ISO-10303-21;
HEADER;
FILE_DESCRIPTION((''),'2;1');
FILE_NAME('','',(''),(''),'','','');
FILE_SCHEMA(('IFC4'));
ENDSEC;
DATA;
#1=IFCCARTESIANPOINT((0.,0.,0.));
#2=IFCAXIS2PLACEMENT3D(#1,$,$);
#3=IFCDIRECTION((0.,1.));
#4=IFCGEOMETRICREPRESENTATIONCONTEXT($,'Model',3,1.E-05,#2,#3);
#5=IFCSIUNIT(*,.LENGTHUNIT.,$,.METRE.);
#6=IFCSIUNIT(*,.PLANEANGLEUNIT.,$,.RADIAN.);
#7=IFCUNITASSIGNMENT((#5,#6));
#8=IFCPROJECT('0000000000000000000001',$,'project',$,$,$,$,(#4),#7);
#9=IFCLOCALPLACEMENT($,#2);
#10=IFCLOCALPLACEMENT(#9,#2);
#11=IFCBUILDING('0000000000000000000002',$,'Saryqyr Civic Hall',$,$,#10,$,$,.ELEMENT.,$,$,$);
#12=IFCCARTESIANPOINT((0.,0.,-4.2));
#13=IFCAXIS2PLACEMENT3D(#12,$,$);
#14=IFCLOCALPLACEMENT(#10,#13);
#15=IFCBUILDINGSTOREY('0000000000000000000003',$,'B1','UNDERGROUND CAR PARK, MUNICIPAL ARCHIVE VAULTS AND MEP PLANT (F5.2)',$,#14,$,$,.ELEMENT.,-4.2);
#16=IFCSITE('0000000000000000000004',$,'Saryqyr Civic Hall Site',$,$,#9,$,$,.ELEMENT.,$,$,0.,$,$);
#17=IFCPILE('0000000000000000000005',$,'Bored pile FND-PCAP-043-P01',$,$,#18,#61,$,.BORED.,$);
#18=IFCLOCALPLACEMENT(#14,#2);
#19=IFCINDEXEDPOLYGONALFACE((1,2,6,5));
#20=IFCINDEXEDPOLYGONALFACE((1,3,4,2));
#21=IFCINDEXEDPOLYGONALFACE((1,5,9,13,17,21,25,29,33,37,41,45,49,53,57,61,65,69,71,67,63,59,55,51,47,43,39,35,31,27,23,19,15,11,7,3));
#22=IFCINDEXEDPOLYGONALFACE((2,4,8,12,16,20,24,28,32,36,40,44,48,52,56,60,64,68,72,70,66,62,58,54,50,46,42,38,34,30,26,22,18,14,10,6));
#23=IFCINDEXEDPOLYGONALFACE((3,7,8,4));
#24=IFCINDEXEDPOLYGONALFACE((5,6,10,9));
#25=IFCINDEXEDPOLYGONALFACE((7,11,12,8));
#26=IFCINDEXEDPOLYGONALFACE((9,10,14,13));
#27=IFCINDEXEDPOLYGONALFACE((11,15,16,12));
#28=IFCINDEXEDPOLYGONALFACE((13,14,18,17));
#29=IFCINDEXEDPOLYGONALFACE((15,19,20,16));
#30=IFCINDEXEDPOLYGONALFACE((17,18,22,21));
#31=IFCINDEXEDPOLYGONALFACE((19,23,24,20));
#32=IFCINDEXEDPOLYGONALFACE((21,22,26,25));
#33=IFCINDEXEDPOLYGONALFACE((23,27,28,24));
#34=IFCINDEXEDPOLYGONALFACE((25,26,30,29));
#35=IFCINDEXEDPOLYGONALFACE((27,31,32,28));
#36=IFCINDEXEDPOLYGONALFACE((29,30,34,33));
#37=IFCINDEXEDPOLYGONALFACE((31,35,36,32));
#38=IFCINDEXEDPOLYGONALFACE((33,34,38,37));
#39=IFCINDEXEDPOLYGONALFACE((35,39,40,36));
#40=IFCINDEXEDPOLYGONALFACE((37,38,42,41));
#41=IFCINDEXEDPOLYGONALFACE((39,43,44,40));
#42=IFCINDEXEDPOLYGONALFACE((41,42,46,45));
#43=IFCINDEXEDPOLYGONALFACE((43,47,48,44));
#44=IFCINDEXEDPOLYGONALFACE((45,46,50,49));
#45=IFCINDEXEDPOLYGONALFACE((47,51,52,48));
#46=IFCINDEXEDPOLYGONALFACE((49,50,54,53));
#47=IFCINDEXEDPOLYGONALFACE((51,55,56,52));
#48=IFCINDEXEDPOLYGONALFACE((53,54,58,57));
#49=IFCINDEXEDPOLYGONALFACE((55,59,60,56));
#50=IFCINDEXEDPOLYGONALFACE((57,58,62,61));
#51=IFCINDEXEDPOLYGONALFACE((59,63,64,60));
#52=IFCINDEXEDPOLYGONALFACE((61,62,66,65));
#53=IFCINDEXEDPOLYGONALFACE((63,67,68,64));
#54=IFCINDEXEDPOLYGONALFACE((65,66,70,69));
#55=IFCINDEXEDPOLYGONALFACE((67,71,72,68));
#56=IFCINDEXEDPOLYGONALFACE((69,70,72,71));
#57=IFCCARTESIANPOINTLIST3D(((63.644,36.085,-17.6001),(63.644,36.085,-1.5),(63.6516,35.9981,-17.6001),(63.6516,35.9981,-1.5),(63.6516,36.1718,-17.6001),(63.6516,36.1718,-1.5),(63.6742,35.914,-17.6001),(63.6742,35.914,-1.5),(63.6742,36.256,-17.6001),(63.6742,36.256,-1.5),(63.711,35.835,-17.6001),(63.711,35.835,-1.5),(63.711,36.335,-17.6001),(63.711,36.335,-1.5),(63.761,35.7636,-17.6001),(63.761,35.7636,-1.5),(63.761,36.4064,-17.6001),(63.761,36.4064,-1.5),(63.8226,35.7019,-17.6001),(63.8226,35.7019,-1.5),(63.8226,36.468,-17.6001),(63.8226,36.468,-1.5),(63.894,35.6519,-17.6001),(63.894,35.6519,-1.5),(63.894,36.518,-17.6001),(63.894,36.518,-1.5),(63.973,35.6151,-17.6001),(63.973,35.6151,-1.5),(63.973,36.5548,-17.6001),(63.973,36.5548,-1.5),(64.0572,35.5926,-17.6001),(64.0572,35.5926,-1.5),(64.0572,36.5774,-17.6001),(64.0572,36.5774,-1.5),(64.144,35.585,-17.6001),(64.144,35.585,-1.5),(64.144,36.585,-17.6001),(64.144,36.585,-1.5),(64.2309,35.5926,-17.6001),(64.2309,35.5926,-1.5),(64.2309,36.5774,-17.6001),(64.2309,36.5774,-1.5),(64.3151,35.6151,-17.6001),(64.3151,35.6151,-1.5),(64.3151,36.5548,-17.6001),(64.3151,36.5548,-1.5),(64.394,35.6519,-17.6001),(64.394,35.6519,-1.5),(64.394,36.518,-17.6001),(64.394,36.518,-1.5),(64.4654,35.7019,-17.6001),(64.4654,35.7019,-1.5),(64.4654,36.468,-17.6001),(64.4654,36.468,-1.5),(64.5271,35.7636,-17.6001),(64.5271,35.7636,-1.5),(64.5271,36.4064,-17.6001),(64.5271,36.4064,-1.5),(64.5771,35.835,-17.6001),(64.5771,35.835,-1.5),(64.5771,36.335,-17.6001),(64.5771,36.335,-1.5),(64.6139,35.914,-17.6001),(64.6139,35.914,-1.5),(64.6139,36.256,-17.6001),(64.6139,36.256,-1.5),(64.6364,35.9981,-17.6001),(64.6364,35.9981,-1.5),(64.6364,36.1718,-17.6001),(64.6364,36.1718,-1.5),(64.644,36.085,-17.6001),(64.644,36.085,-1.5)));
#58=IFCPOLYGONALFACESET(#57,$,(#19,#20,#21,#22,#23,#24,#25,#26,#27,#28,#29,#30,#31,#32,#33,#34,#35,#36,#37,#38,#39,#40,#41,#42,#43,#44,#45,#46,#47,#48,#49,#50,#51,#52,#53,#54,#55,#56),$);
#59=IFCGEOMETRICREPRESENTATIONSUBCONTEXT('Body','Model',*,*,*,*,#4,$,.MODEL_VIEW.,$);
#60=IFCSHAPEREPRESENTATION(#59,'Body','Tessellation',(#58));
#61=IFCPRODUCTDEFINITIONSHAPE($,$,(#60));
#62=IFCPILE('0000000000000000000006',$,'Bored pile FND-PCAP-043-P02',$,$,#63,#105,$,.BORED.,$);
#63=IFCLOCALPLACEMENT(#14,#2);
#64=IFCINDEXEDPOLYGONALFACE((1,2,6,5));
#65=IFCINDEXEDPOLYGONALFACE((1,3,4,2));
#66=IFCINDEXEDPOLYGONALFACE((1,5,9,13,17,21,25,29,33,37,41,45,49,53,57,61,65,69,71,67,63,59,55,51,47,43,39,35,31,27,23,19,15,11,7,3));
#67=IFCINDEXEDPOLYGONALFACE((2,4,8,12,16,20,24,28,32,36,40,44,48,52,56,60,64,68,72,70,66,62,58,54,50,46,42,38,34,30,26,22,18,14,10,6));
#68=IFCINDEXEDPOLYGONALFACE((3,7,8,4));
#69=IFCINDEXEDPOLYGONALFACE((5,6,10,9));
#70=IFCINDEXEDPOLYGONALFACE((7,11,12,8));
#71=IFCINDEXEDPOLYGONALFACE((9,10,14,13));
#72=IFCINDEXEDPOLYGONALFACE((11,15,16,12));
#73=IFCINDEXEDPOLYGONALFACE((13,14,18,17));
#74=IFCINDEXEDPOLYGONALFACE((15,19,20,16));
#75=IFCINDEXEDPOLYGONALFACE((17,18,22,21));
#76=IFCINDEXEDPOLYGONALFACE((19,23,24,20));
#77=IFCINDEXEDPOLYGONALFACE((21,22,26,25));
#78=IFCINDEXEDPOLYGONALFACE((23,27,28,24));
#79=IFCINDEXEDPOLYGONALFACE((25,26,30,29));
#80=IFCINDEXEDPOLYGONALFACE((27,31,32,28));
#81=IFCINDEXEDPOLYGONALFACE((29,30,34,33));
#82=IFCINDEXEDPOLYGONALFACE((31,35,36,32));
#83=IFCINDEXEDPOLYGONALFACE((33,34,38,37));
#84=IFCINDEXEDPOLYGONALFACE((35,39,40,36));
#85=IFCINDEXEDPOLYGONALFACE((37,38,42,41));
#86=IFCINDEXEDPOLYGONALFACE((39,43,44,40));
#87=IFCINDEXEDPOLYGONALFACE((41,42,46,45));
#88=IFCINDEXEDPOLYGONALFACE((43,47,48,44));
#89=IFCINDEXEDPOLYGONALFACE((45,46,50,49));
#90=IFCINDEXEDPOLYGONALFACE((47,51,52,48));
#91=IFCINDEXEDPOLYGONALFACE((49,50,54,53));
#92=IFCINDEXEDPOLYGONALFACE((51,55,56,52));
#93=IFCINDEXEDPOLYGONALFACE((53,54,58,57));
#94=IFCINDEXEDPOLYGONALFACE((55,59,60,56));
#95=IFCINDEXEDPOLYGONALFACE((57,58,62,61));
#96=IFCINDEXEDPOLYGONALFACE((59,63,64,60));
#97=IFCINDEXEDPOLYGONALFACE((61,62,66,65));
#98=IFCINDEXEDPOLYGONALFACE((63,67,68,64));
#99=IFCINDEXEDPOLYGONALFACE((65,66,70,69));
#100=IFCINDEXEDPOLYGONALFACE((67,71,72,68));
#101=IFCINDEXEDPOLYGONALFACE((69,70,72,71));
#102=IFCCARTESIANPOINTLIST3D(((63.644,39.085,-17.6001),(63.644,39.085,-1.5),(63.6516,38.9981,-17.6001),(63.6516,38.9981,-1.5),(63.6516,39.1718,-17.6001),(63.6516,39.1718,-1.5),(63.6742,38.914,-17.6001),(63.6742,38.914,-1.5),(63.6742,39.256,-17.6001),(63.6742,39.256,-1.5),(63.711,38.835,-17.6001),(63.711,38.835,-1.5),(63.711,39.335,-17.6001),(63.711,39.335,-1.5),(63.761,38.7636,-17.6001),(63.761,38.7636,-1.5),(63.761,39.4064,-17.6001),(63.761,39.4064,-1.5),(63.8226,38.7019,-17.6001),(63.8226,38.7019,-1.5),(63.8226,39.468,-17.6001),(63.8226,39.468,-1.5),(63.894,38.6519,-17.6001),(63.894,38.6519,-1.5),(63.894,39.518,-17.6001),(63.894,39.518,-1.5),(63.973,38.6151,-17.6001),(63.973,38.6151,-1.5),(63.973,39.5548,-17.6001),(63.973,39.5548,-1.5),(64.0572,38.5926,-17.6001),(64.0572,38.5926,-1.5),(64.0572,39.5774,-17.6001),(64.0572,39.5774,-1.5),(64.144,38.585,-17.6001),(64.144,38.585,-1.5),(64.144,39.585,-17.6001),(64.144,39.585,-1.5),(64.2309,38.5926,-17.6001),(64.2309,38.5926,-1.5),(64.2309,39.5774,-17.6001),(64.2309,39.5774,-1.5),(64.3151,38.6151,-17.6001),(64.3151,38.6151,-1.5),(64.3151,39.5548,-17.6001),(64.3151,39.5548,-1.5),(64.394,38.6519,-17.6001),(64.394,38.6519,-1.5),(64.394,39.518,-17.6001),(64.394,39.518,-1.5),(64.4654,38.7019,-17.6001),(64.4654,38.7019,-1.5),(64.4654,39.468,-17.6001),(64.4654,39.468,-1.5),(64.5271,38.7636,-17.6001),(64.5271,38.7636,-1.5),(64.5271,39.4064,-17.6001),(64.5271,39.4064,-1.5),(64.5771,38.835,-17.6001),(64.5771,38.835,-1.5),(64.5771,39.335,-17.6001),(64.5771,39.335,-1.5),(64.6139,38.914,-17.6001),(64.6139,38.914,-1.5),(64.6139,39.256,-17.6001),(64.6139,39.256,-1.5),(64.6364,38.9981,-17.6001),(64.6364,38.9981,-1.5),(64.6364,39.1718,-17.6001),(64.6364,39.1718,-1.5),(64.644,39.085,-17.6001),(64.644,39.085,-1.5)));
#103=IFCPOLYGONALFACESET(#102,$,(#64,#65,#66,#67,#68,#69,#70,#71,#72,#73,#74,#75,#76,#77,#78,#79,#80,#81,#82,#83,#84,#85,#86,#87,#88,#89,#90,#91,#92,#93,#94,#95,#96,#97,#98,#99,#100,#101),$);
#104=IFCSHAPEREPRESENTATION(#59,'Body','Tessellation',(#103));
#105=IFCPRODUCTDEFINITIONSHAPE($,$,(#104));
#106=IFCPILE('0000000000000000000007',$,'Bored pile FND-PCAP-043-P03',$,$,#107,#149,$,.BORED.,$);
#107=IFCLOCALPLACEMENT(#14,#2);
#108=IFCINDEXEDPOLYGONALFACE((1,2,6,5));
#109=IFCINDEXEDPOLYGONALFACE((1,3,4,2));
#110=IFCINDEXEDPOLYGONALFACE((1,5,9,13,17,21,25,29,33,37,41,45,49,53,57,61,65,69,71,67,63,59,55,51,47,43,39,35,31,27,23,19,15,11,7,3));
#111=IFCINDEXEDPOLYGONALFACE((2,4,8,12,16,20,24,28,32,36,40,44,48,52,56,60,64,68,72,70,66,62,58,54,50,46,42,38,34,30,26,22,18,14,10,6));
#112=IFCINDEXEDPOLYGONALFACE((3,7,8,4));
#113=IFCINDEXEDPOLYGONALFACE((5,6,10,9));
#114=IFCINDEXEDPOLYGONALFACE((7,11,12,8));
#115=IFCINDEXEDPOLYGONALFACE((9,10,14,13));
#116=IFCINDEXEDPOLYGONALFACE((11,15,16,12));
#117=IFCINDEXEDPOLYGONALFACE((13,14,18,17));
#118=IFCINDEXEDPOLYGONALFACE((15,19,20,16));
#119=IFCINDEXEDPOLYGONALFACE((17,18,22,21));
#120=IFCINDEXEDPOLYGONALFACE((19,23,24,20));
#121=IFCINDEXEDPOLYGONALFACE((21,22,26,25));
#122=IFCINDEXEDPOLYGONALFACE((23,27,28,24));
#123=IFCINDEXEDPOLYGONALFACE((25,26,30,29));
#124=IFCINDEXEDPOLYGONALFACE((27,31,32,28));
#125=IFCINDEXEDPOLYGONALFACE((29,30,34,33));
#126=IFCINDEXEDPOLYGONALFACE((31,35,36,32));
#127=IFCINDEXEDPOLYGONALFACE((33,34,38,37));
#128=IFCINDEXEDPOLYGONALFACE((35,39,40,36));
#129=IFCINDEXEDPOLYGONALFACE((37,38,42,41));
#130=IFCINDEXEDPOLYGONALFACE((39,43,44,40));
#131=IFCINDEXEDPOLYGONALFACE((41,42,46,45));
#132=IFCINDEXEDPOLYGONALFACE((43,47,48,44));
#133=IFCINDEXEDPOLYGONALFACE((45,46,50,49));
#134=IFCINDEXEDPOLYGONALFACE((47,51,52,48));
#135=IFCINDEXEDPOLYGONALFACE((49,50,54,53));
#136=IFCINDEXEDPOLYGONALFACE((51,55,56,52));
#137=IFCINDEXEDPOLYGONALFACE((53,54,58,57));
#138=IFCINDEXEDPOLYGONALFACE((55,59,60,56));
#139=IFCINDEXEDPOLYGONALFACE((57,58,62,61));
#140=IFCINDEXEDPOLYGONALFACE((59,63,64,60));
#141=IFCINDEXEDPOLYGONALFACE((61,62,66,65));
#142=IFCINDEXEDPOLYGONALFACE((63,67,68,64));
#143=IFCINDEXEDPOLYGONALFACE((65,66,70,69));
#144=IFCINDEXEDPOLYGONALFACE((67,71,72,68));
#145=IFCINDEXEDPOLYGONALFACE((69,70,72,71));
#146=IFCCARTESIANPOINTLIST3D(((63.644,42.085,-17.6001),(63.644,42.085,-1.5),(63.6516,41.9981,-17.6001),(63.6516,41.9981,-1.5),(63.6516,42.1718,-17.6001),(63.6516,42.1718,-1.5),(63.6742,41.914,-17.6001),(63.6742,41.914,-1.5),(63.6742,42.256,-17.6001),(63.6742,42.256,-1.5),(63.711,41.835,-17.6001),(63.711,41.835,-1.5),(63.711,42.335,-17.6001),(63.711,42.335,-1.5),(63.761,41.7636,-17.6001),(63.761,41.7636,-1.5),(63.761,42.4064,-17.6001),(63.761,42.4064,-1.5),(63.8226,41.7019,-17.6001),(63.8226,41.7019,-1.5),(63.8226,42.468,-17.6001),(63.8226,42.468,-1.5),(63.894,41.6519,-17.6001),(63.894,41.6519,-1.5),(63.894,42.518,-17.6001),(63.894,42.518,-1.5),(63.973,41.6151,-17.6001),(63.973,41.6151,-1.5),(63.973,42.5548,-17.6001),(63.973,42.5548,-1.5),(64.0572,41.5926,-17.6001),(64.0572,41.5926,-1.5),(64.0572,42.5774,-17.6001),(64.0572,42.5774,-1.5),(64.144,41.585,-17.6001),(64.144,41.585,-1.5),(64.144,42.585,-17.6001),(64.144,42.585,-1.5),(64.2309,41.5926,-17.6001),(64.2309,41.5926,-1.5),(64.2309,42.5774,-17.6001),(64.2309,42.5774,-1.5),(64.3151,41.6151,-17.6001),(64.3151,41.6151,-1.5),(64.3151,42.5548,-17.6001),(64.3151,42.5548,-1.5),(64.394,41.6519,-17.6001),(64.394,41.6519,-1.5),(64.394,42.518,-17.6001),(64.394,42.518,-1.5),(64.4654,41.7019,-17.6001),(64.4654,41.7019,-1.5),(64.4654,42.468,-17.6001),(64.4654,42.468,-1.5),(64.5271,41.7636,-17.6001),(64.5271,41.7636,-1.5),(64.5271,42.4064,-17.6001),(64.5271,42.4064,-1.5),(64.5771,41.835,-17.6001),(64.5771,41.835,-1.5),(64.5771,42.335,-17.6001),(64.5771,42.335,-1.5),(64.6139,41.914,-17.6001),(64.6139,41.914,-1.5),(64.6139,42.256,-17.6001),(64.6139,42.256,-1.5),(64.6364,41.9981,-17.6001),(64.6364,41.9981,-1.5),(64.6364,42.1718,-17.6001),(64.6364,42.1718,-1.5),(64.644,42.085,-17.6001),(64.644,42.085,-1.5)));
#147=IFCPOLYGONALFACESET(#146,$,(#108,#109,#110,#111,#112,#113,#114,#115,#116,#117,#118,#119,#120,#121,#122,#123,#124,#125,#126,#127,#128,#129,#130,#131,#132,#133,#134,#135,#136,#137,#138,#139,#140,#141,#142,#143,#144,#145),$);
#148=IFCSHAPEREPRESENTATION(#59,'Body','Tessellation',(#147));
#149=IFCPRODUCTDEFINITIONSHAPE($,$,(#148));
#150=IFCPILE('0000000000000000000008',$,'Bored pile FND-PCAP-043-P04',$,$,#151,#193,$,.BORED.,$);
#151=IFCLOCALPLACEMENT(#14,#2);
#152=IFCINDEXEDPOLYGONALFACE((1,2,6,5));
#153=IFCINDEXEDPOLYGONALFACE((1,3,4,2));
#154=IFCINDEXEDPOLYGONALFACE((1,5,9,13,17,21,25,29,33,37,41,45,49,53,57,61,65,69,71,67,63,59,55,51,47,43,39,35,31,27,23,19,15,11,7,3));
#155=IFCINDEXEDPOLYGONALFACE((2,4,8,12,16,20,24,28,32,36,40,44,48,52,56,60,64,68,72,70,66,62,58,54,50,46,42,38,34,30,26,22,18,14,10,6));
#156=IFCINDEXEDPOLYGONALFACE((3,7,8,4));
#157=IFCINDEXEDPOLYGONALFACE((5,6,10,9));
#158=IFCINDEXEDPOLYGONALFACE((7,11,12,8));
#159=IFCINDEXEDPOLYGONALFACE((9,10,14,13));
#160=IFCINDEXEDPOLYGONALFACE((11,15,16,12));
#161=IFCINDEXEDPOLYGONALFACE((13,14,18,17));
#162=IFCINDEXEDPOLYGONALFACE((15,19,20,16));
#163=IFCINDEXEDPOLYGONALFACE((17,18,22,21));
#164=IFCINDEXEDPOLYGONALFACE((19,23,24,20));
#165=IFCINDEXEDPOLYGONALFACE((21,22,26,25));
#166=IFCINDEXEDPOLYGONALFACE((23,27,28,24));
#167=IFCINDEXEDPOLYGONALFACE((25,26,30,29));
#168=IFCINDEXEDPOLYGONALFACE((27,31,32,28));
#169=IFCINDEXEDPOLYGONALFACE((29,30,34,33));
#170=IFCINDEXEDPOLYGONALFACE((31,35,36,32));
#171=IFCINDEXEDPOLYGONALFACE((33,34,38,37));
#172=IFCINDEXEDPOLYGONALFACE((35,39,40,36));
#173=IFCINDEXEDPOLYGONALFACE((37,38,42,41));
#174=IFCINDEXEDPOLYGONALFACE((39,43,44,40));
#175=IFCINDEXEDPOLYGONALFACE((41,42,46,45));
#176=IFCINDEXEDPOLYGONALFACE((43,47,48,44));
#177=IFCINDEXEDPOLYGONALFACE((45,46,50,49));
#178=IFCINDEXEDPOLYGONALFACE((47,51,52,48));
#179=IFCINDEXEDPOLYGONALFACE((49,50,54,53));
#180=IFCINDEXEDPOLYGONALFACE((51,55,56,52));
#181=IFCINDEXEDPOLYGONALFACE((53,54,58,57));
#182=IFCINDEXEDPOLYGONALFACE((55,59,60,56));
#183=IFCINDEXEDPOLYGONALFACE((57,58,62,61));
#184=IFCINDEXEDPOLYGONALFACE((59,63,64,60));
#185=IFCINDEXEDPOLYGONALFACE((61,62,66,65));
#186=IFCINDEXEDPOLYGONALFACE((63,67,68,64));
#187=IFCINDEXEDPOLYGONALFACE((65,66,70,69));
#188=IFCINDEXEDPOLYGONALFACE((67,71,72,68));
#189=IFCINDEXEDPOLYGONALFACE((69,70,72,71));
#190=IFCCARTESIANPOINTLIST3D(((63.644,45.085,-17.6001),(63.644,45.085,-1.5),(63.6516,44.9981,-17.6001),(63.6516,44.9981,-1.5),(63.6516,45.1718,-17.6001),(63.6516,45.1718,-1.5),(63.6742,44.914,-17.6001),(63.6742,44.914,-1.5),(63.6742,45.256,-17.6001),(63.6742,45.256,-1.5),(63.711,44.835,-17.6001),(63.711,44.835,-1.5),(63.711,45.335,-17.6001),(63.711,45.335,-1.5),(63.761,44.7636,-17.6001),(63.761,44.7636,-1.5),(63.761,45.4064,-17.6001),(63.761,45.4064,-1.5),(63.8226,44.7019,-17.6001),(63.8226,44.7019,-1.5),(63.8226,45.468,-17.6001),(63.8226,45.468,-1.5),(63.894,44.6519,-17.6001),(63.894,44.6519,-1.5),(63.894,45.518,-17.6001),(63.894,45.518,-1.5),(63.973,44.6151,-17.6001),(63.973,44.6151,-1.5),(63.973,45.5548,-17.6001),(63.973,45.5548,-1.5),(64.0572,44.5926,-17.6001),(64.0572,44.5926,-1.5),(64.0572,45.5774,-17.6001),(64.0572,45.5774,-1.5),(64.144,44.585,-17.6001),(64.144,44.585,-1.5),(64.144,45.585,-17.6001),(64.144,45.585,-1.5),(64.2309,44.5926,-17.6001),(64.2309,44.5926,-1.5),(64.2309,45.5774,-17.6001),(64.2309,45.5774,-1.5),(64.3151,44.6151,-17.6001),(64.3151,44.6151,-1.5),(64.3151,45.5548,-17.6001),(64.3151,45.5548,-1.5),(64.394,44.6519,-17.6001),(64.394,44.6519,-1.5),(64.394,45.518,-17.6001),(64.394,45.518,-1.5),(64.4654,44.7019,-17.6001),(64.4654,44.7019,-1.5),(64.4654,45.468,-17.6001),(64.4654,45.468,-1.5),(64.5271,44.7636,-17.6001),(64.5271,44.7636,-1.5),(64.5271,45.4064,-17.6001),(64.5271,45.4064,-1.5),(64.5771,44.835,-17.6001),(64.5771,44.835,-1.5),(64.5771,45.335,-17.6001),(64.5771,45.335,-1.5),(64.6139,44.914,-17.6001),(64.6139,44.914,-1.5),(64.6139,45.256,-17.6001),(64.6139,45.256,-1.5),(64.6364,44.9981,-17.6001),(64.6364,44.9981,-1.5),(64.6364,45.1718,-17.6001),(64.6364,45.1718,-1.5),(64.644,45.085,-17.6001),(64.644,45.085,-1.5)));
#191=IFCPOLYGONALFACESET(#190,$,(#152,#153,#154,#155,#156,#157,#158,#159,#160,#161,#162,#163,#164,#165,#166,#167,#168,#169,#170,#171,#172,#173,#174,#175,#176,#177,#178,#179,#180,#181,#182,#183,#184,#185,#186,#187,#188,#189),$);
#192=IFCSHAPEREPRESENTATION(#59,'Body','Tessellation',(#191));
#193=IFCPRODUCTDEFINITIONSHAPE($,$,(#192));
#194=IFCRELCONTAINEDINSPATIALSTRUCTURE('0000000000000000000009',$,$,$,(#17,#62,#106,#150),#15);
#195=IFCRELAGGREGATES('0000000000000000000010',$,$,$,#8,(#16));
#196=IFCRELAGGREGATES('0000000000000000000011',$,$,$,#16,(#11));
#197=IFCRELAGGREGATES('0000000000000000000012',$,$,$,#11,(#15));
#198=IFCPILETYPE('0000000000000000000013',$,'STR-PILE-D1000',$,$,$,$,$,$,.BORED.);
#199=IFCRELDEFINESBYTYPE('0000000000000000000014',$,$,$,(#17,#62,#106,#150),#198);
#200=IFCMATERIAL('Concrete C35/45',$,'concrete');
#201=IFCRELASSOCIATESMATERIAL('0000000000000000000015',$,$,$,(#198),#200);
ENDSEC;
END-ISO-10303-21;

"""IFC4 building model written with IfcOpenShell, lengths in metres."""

from ifc_helpers import new_model, si_unit, direction, frame, origin, origin_2d, place, context, subcontext, project, spatial, circle, extrude, material, material_profile, profile_set, type_object, element, save


model = new_model("IFC4")

# Units and contexts
model_context = context("Model", 3, precision=1e-05, world=origin(), true_north=direction((0.0, 1.0)))
body_context = subcontext(model_context, "Body", "Model", "MODEL_VIEW")
ifc_project = project(units=[si_unit("LENGTHUNIT", "METRE"), si_unit("PLANEANGLEUNIT", "RADIAN")], contexts=[model_context])

# Site, building, storey
site_placement = place(None, origin())
site = spatial("IfcSite", under=ifc_project, at=site_placement, Name="Saryqyr Civic Hall Site", CompositionType="ELEMENT", RefElevation=0.0)
building_placement = place(site_placement, origin())
building = spatial("IfcBuilding", under=site, at=building_placement, Name="Saryqyr Civic Hall", CompositionType="ELEMENT")
storey_placement = place(building_placement, frame((0.0, 0.0, -4.2)))
storey = spatial("IfcBuildingStorey", under=building, at=storey_placement, Name="B1", Description="UNDERGROUND CAR PARK, MUNICIPAL ARCHIVE VAULTS AND MEP PLANT (F5.2)", CompositionType="ELEMENT", Elevation=-4.2)

# Piles
ifc_material_1 = material(Name="Concrete C35/45", Category="concrete")
ifc_material_profile_1 = material_profile(ifc_material_1, circle(Radius=0.5, at=origin_2d()), Name="BORED PILE D1000")
ifc_profile_set_1 = profile_set([ifc_material_profile_1], Name="Concrete C35/45")
pile_type = type_object("IfcPileType", Name="STR-PILE-D1000", PredefinedType="BORED", material=ifc_profile_set_1)
for number, where, z_axis, x_axis, name in (
    (1, (64.144, 36.085, -1.5), (0.0, 0.0, -1.0), (1.0, 0.0, 0.0), "Bored pile FND-PCAP-043-P01"),
    (2, (64.144, 39.085, -1.5), (0.0, 0.0, -1.0), (1.0, 0.0, 0.0), "Bored pile FND-PCAP-043-P02"),
    (3, (64.144, 42.085, -1.5), (0.0, 0.0, -1.0), (1.0, 0.0, 0.0), "Bored pile FND-PCAP-043-P03"),
    (4, (64.144, 45.085, -1.5), (0.0, 0.0, -1.0), (1.0, 0.0, 0.0), "Bored pile FND-PCAP-043-P04"),
):
    element("IfcPile", number, at=place(storey_placement, frame(where, z_axis=z_axis, x_axis=x_axis)), inside=storey, type_object=pile_type, Name=name, PredefinedType="BORED", context=body_context, shape_type="SweptSolid", body=[
        extrude(circle(Radius=0.5, at=origin_2d()), origin(), (0.0, 0.0, 1.0), 16.1001),
    ])

save(model, "model.ifc")
